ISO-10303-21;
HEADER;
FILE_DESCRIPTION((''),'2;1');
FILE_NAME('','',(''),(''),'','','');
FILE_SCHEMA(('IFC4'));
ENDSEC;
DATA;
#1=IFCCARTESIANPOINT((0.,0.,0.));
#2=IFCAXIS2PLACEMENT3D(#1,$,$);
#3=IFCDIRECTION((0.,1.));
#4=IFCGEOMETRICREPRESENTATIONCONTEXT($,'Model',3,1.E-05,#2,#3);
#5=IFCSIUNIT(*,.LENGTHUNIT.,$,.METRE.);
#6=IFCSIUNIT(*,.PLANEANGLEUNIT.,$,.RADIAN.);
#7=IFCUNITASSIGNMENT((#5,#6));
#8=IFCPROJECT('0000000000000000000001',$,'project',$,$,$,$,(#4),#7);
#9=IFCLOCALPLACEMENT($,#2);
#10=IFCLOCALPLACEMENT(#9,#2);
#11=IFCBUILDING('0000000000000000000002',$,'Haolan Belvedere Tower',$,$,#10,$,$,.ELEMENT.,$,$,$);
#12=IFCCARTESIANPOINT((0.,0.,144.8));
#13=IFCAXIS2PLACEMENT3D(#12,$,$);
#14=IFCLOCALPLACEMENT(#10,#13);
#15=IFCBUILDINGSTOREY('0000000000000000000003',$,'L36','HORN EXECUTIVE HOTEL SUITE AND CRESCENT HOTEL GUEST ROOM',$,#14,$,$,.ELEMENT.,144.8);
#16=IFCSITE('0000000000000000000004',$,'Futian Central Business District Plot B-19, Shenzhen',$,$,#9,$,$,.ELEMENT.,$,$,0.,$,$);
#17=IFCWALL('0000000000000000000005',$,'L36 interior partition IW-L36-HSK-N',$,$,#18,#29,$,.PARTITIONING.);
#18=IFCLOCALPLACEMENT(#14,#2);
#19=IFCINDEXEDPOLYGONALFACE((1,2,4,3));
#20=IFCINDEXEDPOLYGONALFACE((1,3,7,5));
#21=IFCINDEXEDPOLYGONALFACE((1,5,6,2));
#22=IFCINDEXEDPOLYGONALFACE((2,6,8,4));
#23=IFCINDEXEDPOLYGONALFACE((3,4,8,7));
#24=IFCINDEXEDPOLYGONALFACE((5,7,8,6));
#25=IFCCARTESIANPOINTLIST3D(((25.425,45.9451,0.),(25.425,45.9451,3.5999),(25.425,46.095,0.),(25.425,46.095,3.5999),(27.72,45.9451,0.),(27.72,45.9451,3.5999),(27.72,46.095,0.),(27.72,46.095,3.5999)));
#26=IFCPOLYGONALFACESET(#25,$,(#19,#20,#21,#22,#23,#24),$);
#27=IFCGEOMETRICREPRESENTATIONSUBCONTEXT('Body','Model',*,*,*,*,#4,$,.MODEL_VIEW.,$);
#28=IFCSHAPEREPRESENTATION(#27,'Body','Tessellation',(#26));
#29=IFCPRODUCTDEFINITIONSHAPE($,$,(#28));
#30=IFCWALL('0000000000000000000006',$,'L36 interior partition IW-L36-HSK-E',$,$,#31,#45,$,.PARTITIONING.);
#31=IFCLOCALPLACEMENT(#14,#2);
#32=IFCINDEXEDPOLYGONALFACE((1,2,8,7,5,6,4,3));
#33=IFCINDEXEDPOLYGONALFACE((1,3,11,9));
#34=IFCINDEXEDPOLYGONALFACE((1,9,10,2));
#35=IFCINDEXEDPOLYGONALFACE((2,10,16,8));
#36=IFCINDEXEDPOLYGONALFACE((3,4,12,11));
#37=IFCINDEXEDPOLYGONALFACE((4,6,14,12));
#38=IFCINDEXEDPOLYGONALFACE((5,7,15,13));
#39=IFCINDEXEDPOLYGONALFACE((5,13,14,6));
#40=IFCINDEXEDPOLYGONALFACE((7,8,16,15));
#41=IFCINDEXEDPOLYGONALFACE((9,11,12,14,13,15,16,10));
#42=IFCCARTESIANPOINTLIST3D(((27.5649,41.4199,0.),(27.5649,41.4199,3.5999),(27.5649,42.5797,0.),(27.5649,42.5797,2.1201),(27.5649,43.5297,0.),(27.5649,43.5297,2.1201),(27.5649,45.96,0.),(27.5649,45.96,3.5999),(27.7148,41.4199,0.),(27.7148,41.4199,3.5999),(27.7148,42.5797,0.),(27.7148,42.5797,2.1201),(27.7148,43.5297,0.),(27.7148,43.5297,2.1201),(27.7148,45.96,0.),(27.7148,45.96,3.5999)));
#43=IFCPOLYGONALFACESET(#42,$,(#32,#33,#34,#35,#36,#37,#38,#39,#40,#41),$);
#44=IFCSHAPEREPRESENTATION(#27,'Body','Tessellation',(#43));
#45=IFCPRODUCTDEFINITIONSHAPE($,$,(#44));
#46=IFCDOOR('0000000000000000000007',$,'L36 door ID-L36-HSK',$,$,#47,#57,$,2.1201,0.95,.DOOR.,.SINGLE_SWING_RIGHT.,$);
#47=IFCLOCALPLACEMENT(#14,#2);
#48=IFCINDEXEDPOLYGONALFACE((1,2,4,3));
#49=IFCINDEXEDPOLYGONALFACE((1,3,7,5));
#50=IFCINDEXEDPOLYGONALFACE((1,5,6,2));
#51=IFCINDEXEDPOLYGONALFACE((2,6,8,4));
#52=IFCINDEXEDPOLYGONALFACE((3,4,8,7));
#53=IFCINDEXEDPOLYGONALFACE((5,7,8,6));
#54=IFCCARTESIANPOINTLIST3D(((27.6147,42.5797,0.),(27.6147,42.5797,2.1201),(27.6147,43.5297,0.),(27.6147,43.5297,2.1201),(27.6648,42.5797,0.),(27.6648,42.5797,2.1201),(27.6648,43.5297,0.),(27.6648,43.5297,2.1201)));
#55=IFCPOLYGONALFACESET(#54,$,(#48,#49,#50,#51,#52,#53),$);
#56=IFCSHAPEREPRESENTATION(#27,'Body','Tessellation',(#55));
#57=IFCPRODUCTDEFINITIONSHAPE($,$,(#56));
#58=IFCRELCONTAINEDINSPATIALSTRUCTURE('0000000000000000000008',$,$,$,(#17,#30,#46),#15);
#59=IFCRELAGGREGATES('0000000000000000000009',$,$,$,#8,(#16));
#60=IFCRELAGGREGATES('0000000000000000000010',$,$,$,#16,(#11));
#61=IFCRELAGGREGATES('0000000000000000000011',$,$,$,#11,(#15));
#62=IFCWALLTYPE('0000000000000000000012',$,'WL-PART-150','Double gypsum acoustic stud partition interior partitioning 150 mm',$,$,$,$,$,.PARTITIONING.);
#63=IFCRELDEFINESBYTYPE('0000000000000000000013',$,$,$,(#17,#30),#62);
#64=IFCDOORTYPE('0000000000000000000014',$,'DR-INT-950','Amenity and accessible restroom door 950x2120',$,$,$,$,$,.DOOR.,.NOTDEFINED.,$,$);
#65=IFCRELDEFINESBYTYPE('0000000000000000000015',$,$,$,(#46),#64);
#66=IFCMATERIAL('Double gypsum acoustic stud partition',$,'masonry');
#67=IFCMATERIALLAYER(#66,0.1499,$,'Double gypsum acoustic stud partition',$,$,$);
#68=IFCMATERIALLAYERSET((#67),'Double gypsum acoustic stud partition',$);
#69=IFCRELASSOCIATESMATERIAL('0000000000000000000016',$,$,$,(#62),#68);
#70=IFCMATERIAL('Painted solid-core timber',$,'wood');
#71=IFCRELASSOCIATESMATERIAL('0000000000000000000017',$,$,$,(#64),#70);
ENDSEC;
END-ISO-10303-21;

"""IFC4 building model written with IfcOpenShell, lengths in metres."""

from ifc_helpers import new_model, si_unit, direction, frame, frame_2d, origin, place, context, subcontext, project, spatial, rectangle, extrude, material, layer, layer_set, type_object, element, fill, save


model = new_model("IFC4")

# Units and contexts
model_context = context("Model", 3, precision=1e-05, world=origin(), true_north=direction((0.0, 1.0)))
body_context = subcontext(model_context, "Body", "Model", "MODEL_VIEW")
ifc_project = project(units=[si_unit("LENGTHUNIT", "METRE"), si_unit("PLANEANGLEUNIT", "RADIAN")], contexts=[model_context])

# Site, building, storey
site_placement = place(None, origin())
site = spatial("IfcSite", under=ifc_project, at=site_placement, Name="Futian Central Business District Plot B-19, Shenzhen", CompositionType="ELEMENT", RefElevation=0.0)
building_placement = place(site_placement, origin())
building = spatial("IfcBuilding", under=site, at=building_placement, Name="Haolan Belvedere Tower", CompositionType="ELEMENT")
storey_placement = place(building_placement, frame((0.0, 0.0, 144.8)))
storey = spatial("IfcBuildingStorey", under=building, at=storey_placement, Name="L36", Description="HORN EXECUTIVE HOTEL SUITE AND CRESCENT HOTEL GUEST ROOM", CompositionType="ELEMENT", Elevation=144.8)

# Wall
ifc_material_1 = material(Name="Double gypsum acoustic stud partition", Category="masonry")
ifc_layer_1 = layer(ifc_material_1, 0.1499, Name="Double gypsum acoustic stud partition")
ifc_layer_set_1 = layer_set([ifc_layer_1], Name="Double gypsum acoustic stud partition")
wall_type_1 = type_object("IfcWallType", Name="WL-PART-150", Description="Double gypsum acoustic stud partition interior partitioning 150 mm", PredefinedType="PARTITIONING", material=ifc_layer_set_1)
wall_1_placement = place(storey_placement, frame((25.425, 46.02, 0.0), z_axis=(0.0, 0.0, 1.0), x_axis=(1.0, 0.0, 0.0)))
element("IfcWall", 1, at=wall_1_placement, inside=storey, type_object=wall_type_1, Name="L36 interior partition IW-L36-HSK-N", PredefinedType="PARTITIONING", context=body_context, shape_type="SweptSolid", body=[
    extrude(rectangle(XDim=2.2949, YDim=0.1499, at=frame_2d((1.1475, 0.0))), origin(), (0.0, 0.0, 1.0), 3.5999),
])

# Wall, opening, door
wall_2_placement = place(storey_placement, frame((27.6399, 41.4199, 0.0), z_axis=(0.0, 0.0, 1.0), x_axis=(0.0, 1.0, 0.0)))
wall_2 = element("IfcWall", 2, at=wall_2_placement, inside=storey, type_object=wall_type_1, Name="L36 interior partition IW-L36-HSK-E", PredefinedType="PARTITIONING", context=body_context, shape_type="SweptSolid", body=[
    extrude(rectangle(XDim=4.54, YDim=0.1499, at=frame_2d((2.27, 0.0))), origin(), (0.0, 0.0, 1.0), 3.5999),
])
opening_1_placement = place(wall_2_placement, frame((2.1099, 0.0, 0.0), z_axis=(0.0, 0.0, 1.0), x_axis=(-1.0, 0.0, 0.0)))
opening_1 = element("IfcOpeningElement", 3, at=opening_1_placement, cuts=wall_2, PredefinedType="OPENING", context=body_context, shape_type="SweptSolid", body=[
    extrude(rectangle(XDim=0.95, YDim=2.1201, at=frame_2d((0.4751, 1.0601))), frame((0.0, 0.085, 0.0), z_axis=(0.0, -1.0, 0.0), x_axis=(1.0, 0.0, 0.0)), (0.0, 0.0, 1.0), 0.1699),
])
ifc_material_2 = material(Name="Painted solid-core timber", Category="wood")
door_type_1 = type_object("IfcDoorType", Name="DR-INT-950", Description="Amenity and accessible restroom door 950x2120", OperationType="NOTDEFINED", PredefinedType="DOOR", material=ifc_material_2)
door_1_placement = place(opening_1_placement, origin())
door_1 = element("IfcDoor", 4, at=door_1_placement, inside=storey, type_object=door_type_1, Name="L36 door ID-L36-HSK", OperationType="SINGLE_SWING_RIGHT", OverallHeight=2.1201, OverallWidth=0.95, PredefinedType="DOOR", context=body_context, shape_type="SweptSolid", body=[
    extrude(rectangle(XDim=0.95, YDim=2.1201, at=frame_2d((0.4751, 1.0601))), frame((0.0, 0.0249, 0.0), z_axis=(0.0, -1.0, 0.0), x_axis=(1.0, 0.0, 0.0)), (0.0, 0.0, 1.0), 0.05),
])
fill(opening_1, door_1)

save(model, "model.ifc")
